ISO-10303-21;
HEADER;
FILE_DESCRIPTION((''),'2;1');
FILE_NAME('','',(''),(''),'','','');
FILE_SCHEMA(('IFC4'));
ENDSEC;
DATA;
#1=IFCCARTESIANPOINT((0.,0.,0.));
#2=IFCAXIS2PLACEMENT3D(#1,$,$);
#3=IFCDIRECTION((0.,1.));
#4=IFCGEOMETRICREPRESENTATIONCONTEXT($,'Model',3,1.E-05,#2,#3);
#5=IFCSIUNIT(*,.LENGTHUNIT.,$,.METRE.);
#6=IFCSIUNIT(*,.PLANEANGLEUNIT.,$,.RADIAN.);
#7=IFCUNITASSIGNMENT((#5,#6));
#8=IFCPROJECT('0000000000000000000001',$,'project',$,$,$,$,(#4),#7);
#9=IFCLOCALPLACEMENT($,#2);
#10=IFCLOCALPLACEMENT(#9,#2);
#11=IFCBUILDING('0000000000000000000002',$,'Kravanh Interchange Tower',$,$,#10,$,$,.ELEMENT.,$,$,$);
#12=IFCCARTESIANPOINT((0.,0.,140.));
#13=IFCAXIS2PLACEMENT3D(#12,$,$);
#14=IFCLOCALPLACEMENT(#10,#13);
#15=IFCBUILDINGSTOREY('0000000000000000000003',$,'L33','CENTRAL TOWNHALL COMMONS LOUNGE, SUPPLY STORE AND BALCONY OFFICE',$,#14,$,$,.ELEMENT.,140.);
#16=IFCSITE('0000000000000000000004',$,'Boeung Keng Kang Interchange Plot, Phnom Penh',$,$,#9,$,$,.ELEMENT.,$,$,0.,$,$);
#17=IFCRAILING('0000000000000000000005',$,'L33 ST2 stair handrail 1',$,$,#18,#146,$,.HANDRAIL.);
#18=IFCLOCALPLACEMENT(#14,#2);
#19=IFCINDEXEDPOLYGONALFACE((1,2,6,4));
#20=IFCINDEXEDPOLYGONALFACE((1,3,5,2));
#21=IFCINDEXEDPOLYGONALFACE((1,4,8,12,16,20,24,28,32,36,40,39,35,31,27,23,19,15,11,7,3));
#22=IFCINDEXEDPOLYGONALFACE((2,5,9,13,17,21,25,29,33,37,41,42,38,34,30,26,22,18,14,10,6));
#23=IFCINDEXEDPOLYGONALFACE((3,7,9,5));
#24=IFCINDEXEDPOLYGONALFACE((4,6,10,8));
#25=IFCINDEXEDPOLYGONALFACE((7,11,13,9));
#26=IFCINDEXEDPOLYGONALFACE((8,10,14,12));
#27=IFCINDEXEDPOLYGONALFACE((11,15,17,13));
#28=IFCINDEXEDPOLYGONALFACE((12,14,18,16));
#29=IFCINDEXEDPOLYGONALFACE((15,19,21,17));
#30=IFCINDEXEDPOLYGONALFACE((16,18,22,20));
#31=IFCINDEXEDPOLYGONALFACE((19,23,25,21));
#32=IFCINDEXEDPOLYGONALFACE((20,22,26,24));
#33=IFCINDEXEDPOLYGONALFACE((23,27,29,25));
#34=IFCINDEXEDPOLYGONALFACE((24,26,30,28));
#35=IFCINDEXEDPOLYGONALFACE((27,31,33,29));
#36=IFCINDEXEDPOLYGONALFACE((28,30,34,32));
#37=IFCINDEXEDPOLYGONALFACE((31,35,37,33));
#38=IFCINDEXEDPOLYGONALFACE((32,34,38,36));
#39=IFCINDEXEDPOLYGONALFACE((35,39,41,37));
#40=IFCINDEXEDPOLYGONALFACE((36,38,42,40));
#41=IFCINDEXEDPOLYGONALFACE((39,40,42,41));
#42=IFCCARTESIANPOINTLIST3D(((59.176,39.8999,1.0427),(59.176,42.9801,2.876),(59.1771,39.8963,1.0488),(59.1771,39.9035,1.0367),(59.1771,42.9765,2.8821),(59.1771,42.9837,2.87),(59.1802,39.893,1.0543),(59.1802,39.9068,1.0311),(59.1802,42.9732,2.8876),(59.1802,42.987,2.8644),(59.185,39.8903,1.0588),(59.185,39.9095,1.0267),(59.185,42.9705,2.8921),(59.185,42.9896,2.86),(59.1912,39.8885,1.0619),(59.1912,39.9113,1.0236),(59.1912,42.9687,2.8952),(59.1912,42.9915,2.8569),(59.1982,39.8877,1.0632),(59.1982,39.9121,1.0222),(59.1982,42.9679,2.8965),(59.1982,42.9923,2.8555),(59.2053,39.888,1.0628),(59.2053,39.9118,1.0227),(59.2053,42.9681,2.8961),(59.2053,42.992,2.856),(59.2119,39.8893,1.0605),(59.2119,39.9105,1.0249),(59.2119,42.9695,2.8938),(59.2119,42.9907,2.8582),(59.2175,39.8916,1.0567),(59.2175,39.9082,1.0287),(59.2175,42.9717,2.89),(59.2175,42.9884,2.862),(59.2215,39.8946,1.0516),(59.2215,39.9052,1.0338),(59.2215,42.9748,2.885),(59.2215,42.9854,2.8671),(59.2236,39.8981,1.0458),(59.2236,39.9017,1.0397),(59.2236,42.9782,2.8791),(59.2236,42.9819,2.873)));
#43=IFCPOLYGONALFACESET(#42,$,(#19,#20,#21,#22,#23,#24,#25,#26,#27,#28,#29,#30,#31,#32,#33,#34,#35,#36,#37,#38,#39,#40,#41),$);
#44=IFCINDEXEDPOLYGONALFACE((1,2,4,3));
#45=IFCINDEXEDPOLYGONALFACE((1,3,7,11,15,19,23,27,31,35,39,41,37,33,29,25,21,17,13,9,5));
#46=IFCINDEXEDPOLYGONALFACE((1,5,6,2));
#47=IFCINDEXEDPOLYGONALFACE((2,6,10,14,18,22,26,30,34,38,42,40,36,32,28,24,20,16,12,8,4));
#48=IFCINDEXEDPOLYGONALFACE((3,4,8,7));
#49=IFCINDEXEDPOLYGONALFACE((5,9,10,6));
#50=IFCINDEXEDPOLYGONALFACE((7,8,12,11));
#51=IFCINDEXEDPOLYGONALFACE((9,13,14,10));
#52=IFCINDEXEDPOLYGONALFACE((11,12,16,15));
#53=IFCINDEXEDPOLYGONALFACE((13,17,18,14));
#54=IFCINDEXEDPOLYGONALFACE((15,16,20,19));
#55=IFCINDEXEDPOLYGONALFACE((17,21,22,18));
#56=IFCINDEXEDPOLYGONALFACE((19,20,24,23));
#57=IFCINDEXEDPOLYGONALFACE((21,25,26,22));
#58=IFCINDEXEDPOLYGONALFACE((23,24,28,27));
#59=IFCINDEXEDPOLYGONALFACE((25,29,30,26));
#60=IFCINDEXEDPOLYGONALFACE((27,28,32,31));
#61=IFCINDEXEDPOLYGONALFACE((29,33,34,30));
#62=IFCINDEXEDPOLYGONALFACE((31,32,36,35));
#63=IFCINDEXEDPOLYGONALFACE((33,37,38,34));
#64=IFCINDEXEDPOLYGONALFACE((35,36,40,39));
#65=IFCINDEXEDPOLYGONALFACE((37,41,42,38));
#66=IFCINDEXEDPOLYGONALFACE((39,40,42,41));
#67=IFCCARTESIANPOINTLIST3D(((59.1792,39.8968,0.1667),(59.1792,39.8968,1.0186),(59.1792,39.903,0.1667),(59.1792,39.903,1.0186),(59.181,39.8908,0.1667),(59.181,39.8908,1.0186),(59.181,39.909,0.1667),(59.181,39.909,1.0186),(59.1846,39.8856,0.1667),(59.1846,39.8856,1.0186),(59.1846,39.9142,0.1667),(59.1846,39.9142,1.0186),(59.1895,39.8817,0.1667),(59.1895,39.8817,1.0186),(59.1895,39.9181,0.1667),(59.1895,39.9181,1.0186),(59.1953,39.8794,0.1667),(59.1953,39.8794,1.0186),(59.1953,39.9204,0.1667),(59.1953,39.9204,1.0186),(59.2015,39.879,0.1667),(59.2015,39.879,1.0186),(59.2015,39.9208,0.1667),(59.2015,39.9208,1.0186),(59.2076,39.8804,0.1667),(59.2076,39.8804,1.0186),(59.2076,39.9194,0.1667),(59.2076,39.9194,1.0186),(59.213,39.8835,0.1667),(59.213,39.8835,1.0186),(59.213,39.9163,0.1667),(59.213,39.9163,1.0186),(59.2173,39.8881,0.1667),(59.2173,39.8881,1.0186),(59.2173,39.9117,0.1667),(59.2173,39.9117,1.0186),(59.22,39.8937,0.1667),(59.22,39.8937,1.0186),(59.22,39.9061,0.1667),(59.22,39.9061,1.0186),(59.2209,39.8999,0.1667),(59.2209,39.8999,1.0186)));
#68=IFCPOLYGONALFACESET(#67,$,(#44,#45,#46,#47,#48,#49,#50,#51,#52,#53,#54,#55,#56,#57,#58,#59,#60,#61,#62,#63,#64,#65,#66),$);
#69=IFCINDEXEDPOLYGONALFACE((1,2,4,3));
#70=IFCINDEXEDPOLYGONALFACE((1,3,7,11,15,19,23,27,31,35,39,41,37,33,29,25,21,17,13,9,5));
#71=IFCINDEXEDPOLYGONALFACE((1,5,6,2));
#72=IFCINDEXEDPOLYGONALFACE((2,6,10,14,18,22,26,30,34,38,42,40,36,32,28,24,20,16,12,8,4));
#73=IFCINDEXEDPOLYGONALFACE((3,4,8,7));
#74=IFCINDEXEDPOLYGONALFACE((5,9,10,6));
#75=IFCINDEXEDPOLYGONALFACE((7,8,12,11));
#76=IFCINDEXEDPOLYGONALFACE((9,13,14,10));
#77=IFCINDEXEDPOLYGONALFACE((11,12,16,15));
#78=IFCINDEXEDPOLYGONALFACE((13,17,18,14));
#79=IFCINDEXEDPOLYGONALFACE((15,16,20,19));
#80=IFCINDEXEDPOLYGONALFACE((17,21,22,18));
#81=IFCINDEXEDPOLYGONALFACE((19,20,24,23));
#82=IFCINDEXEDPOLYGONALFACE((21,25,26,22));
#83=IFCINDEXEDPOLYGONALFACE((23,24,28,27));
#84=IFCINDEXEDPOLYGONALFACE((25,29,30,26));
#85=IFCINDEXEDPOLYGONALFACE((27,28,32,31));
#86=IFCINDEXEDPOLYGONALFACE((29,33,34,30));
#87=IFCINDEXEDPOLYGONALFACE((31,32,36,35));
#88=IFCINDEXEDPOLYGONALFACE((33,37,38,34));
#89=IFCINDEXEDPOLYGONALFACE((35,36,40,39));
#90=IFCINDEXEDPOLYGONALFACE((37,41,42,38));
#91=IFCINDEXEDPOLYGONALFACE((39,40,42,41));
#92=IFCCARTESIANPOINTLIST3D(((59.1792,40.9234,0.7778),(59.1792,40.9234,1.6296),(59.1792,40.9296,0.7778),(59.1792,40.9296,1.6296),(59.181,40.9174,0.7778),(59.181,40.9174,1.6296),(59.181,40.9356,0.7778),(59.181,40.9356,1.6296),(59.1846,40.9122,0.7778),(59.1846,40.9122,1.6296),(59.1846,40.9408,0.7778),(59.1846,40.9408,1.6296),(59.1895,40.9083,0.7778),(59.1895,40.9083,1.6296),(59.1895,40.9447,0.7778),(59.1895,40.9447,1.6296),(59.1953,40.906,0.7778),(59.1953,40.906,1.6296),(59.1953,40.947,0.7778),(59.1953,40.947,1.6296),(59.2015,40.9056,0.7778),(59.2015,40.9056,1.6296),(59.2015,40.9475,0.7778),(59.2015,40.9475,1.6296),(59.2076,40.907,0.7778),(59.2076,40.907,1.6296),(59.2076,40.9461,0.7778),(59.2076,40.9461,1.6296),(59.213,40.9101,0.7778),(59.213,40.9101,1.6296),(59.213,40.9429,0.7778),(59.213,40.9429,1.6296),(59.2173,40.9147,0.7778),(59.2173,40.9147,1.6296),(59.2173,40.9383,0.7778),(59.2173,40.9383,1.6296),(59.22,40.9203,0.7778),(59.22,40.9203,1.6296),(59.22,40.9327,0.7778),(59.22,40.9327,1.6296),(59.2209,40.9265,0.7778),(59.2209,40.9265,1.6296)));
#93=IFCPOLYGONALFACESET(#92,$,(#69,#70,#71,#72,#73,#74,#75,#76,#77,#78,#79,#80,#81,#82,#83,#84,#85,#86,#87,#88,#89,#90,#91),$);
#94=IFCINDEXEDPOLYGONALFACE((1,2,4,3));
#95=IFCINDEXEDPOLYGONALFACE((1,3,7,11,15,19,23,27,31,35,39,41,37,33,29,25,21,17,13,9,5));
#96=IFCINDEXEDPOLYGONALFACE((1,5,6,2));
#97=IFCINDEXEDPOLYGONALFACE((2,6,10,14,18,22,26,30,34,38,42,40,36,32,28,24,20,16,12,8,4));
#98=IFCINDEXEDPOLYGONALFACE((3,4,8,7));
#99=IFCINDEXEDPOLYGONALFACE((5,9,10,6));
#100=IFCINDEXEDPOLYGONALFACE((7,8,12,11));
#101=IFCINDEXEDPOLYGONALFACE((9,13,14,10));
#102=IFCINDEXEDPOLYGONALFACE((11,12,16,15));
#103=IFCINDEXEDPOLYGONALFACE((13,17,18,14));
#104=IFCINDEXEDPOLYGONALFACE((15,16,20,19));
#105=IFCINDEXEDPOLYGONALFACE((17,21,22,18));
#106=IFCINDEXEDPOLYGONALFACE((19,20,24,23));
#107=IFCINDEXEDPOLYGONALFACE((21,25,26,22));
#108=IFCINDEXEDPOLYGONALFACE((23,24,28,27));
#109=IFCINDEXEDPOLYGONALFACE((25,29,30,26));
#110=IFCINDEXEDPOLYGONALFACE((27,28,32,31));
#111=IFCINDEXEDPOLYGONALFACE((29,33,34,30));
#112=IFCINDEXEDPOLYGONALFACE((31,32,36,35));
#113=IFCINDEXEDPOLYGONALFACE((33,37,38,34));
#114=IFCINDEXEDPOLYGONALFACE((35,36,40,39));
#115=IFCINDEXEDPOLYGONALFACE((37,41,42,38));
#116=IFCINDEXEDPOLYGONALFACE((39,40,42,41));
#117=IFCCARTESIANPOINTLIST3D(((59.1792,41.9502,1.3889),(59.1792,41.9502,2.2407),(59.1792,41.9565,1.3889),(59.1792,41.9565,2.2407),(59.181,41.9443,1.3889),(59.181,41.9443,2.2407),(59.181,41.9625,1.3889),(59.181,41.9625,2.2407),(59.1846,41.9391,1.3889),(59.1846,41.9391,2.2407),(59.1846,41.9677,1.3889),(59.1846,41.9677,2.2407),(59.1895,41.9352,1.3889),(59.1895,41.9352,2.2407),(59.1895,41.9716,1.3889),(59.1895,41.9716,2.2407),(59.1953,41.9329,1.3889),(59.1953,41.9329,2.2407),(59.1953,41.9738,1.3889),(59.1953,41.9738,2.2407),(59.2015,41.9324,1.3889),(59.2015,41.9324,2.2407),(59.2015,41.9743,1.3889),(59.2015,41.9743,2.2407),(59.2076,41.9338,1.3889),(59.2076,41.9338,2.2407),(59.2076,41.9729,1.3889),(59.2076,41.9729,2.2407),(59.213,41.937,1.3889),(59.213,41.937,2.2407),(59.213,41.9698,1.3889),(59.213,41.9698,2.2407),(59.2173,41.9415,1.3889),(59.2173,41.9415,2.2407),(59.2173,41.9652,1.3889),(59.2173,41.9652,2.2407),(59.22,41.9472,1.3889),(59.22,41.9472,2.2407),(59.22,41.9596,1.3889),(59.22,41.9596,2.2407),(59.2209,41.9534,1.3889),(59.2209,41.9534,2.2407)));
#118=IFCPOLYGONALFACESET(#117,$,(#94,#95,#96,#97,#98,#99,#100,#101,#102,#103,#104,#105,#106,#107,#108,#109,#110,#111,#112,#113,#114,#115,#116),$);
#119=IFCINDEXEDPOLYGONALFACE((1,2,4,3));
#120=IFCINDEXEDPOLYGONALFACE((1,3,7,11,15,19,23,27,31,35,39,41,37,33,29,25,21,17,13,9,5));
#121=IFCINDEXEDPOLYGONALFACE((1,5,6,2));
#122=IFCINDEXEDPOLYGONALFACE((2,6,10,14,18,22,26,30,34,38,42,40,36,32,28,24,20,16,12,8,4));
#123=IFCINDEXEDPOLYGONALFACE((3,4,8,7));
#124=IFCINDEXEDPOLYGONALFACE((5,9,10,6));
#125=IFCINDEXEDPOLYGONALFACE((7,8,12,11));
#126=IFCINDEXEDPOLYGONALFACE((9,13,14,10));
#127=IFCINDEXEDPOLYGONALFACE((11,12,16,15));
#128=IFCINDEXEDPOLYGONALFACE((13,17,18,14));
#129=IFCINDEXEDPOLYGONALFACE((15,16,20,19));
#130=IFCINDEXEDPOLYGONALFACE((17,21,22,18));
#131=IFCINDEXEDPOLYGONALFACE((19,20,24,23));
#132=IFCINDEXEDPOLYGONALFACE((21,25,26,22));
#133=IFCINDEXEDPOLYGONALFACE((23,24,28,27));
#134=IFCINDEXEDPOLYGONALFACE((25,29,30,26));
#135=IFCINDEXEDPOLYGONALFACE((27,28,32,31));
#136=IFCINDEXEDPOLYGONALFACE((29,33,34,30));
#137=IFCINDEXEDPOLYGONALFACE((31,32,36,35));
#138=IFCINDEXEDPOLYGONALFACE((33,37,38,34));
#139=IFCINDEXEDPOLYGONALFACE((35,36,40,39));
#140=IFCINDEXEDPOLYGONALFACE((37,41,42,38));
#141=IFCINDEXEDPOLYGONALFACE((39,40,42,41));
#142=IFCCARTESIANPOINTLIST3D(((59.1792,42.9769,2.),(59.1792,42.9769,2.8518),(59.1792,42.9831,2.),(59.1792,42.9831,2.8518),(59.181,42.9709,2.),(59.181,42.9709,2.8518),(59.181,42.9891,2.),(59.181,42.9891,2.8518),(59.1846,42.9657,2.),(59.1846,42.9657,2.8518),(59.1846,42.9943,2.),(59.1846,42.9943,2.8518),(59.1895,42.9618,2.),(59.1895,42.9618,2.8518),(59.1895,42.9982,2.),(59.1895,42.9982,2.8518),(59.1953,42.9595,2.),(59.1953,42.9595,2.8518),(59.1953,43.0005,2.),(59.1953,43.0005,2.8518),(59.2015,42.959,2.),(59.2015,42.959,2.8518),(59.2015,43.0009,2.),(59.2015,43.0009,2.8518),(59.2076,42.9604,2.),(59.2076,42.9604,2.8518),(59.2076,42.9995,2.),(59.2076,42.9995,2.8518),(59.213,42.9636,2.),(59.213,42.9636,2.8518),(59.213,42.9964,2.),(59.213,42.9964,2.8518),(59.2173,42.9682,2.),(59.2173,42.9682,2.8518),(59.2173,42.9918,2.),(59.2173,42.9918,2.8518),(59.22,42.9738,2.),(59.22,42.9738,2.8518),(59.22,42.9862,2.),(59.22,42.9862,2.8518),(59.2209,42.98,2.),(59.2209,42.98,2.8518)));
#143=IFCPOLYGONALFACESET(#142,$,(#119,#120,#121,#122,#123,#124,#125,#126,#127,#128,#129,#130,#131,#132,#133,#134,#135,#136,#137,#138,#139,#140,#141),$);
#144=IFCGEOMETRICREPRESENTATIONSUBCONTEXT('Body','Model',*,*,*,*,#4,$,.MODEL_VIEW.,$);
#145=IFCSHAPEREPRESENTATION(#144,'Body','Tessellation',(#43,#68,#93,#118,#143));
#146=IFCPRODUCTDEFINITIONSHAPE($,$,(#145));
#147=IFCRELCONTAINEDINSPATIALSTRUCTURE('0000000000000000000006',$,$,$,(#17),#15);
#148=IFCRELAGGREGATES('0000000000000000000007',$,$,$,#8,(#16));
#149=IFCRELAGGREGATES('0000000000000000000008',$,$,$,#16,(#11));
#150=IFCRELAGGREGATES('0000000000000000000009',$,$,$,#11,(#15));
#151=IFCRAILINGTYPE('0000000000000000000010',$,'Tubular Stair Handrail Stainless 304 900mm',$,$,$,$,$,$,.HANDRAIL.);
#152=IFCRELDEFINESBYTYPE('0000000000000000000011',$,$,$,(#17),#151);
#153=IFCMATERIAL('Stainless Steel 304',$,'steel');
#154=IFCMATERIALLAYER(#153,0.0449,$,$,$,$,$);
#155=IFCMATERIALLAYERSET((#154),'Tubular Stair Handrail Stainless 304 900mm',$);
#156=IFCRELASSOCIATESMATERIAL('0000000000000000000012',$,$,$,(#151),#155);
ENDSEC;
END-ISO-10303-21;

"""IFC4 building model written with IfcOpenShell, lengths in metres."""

from ifc_helpers import new_model, si_unit, direction, frame, origin, origin_2d, place, context, subcontext, project, spatial, circle, extrude, material, layer, layer_set, type_object, element, save


model = new_model("IFC4")

# Units and contexts
model_context = context("Model", 3, precision=1e-05, world=origin(), true_north=direction((0.0, 1.0)))
body_context = subcontext(model_context, "Body", "Model", "MODEL_VIEW")
ifc_project = project(units=[si_unit("LENGTHUNIT", "METRE"), si_unit("PLANEANGLEUNIT", "RADIAN")], contexts=[model_context])

# Site, building, storey
site_placement = place(None, origin())
site = spatial("IfcSite", under=ifc_project, at=site_placement, Name="Boeung Keng Kang Interchange Plot, Phnom Penh", CompositionType="ELEMENT", RefElevation=0.0)
building_placement = place(site_placement, origin())
building = spatial("IfcBuilding", under=site, at=building_placement, Name="Kravanh Interchange Tower", CompositionType="ELEMENT")
storey_placement = place(building_placement, frame((0.0, 0.0, 140.0)))
storey = spatial("IfcBuildingStorey", under=building, at=storey_placement, Name="L33", Description="CENTRAL TOWNHALL COMMONS LOUNGE, SUPPLY STORE AND BALCONY OFFICE", CompositionType="ELEMENT", Elevation=140.0)

# Railing
ifc_material_1 = material(Name="Stainless Steel 304", Category="steel")
ifc_layer_1 = layer(ifc_material_1, 0.0449)
ifc_layer_set_1 = layer_set([ifc_layer_1], Name="Tubular Stair Handrail Stainless 304 900mm")
railing_type_1 = type_object("IfcRailingType", Name="Tubular Stair Handrail Stainless 304 900mm", PredefinedType="HANDRAIL", material=ifc_layer_set_1)
railing_1_placement = place(storey_placement, frame((59.2, 39.8999, 0.1667)))
element("IfcRailing", 1, at=railing_1_placement, inside=storey, type_object=railing_type_1, Name="L33 ST2 stair handrail 1", PredefinedType="HANDRAIL", context=body_context, shape_type="SweptSolid", body=[
    extrude(circle(Radius=0.0239, at=origin_2d()), frame((0.0, 0.0, 0.876), z_axis=(0.0, 0.859309, 0.511458), x_axis=(-1.0, 0.0, 0.0)), (0.0, 0.0, 1.0), 3.5845),
    extrude(circle(Radius=0.021, at=origin_2d()), origin(), (0.0, 0.0, 1.0), 0.8518),
    extrude(circle(Radius=0.021, at=origin_2d()), frame((0.0, 1.0266, 0.6111)), (0.0, 0.0, 1.0), 0.8518),
    extrude(circle(Radius=0.021, at=origin_2d()), frame((0.0, 2.0535, 1.2222)), (0.0, 0.0, 1.0), 0.8518),
    extrude(circle(Radius=0.021, at=origin_2d()), frame((0.0, 3.0801, 1.8333)), (0.0, 0.0, 1.0), 0.8518),
])

save(model, "model.ifc")
